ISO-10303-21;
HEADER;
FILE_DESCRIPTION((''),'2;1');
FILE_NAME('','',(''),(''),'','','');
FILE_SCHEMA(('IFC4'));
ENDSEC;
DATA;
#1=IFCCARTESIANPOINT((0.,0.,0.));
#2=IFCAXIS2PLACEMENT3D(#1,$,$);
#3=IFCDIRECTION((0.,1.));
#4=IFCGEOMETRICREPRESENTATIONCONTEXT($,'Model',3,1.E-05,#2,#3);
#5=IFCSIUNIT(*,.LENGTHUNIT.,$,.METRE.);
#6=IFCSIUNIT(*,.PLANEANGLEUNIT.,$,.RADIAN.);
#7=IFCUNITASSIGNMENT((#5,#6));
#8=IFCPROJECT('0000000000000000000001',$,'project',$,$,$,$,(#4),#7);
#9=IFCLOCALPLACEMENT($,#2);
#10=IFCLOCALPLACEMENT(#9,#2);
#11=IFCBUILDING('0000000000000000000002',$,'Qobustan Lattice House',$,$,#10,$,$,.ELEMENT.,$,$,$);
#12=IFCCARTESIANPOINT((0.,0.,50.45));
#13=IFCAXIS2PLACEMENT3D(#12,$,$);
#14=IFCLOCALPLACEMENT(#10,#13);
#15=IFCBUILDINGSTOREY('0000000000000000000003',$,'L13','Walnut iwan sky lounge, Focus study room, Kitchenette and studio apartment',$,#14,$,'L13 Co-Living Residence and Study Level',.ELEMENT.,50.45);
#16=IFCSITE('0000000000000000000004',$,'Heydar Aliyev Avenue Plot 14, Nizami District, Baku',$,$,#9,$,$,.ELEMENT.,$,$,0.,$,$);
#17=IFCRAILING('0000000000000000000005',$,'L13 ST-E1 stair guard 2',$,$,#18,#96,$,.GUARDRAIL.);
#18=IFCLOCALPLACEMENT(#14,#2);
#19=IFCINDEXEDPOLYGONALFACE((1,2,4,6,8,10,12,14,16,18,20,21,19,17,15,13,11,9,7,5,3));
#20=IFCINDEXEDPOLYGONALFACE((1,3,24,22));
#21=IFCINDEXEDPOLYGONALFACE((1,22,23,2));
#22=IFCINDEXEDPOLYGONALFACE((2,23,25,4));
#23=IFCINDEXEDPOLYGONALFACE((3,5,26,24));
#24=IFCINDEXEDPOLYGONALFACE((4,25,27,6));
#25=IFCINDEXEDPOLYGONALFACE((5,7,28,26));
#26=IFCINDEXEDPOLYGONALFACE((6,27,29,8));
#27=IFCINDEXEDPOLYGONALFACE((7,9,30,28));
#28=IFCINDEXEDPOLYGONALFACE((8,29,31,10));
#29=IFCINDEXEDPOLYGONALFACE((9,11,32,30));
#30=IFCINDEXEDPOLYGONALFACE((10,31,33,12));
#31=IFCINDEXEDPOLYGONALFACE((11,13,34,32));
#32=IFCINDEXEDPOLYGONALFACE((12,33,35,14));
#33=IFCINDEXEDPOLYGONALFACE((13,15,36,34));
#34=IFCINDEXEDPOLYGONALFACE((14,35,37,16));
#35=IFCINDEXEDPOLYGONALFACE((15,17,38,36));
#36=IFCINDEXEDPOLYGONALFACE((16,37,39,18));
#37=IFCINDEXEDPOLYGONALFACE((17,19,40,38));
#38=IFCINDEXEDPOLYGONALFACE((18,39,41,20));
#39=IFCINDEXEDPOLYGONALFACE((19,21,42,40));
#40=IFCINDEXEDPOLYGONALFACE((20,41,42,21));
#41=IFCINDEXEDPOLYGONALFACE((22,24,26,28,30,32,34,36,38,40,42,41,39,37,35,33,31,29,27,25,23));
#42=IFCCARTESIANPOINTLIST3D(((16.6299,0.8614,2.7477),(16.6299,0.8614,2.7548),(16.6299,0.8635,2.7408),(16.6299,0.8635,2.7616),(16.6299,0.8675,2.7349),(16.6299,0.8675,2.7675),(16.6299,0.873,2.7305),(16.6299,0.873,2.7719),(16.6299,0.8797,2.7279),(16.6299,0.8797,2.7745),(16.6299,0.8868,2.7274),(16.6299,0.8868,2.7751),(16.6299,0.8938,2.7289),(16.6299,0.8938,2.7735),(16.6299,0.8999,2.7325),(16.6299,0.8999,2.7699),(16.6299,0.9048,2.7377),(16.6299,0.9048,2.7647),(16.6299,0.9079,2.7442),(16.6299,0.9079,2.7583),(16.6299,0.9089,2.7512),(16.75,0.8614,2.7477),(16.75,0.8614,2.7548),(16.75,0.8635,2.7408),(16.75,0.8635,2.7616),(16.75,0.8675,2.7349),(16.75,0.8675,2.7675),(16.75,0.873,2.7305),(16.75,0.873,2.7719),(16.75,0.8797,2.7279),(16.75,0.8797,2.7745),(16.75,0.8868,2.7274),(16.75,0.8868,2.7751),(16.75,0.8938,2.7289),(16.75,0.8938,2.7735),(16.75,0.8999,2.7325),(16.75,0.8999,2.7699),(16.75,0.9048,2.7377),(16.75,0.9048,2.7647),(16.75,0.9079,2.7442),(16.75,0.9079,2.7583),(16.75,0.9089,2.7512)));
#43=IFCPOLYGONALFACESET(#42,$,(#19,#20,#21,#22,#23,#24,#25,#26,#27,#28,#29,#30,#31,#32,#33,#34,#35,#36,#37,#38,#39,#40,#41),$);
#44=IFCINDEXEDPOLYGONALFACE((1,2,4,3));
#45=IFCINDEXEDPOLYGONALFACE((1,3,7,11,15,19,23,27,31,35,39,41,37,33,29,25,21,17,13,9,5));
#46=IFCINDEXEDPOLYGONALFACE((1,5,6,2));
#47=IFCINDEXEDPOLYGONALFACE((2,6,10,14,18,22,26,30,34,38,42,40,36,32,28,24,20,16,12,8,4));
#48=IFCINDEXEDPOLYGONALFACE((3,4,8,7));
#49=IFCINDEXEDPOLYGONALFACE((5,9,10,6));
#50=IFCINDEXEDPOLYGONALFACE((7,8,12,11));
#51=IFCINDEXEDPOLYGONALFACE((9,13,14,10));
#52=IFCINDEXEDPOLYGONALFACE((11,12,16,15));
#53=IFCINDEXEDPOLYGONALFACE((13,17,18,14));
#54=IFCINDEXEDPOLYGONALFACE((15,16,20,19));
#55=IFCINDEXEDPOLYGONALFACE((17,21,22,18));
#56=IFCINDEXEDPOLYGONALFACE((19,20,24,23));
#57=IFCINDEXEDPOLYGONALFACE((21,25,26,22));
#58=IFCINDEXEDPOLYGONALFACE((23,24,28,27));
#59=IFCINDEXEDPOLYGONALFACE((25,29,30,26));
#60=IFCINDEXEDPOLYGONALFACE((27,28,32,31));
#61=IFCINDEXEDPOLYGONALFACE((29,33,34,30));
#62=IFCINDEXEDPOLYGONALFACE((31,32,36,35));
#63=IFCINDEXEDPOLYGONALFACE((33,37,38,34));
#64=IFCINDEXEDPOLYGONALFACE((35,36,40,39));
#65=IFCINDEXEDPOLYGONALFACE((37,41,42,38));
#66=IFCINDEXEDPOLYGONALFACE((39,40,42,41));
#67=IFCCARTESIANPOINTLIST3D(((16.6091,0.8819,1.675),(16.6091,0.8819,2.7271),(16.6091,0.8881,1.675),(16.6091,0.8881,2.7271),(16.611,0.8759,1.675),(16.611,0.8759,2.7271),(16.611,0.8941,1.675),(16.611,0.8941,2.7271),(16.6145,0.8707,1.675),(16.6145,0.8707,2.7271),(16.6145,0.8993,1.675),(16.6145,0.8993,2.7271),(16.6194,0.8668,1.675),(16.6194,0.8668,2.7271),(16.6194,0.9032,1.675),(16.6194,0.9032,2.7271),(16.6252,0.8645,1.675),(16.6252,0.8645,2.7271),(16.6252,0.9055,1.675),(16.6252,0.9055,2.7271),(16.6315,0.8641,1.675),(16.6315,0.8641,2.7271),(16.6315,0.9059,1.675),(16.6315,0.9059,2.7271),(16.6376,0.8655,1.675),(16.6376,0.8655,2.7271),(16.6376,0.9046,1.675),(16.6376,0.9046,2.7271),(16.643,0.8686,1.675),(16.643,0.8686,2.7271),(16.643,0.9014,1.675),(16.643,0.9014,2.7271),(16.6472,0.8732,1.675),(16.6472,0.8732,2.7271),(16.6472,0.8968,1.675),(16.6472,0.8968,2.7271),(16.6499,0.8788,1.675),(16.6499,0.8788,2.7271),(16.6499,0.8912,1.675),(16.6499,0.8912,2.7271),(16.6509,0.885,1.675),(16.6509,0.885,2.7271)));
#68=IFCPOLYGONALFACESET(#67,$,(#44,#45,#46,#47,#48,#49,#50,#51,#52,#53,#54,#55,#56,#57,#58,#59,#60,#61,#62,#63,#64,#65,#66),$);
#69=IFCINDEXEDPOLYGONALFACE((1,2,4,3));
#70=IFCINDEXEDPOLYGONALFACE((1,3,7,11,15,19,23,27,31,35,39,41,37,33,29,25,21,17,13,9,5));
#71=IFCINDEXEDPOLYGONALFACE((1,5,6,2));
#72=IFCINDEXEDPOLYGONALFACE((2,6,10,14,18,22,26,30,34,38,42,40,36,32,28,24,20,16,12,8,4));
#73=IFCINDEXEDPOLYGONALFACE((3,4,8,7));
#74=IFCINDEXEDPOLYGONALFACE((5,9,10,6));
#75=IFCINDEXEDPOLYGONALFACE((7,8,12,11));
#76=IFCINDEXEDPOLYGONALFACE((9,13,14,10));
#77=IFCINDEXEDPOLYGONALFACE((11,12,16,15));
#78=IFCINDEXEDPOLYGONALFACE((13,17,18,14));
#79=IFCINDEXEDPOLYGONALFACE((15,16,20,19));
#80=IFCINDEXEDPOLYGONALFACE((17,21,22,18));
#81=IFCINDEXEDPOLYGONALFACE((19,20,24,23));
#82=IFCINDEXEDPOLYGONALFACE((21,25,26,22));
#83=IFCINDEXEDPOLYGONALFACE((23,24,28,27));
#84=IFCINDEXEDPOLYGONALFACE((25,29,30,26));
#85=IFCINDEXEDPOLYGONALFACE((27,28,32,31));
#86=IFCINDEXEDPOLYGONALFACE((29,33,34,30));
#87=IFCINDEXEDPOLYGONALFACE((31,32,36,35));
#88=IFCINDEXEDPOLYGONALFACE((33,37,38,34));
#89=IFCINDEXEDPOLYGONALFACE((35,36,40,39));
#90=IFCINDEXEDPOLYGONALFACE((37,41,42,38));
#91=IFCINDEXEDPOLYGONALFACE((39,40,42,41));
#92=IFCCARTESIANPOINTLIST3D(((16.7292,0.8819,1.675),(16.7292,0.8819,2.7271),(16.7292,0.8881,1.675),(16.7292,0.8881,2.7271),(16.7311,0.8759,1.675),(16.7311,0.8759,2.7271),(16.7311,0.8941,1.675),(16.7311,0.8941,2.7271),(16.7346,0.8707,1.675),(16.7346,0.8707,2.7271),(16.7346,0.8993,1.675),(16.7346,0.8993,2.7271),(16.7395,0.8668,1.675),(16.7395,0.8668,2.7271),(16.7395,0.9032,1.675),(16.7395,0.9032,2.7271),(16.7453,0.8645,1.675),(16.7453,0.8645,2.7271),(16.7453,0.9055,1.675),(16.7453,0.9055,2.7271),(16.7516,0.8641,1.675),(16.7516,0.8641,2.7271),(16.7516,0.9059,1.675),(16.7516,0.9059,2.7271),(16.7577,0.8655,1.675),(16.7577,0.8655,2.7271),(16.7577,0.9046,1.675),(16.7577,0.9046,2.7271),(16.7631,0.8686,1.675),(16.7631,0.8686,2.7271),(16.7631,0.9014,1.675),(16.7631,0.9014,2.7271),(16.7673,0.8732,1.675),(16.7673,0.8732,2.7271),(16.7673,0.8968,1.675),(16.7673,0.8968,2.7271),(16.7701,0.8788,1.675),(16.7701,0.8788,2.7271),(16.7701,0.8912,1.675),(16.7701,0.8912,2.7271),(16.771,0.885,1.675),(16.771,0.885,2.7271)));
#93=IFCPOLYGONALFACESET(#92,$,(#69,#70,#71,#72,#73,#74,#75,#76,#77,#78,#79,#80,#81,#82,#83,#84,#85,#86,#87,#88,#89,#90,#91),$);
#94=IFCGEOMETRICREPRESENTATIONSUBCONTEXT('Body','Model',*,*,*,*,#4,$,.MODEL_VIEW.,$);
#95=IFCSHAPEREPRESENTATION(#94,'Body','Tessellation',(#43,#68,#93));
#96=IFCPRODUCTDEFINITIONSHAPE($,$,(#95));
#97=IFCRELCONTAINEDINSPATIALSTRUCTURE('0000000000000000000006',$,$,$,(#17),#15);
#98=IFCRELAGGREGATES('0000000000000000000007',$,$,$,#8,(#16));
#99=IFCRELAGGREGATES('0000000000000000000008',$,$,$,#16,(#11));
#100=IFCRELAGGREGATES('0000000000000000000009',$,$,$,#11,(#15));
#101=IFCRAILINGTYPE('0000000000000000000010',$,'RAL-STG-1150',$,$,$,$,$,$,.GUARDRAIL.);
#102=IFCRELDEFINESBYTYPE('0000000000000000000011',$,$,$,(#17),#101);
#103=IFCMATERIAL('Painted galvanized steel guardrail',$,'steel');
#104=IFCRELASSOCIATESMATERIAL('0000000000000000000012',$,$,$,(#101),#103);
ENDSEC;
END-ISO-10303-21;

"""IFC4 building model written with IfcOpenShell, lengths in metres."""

from ifc_helpers import new_model, si_unit, direction, frame, origin, origin_2d, place, context, subcontext, project, spatial, circle, extrude, material, type_object, element, save


model = new_model("IFC4")

# Units and contexts
model_context = context("Model", 3, precision=1e-05, world=origin(), true_north=direction((0.0, 1.0)))
body_context = subcontext(model_context, "Body", "Model", "MODEL_VIEW")
ifc_project = project(units=[si_unit("LENGTHUNIT", "METRE"), si_unit("PLANEANGLEUNIT", "RADIAN")], contexts=[model_context])

# Site, building, storey
site_placement = place(None, origin())
site = spatial("IfcSite", under=ifc_project, at=site_placement, Name="Heydar Aliyev Avenue Plot 14, Nizami District, Baku", CompositionType="ELEMENT", RefElevation=0.0)
building_placement = place(site_placement, origin())
building = spatial("IfcBuilding", under=site, at=building_placement, Name="Qobustan Lattice House", CompositionType="ELEMENT")
storey_placement = place(building_placement, frame((0.0, 0.0, 50.45)))
storey = spatial("IfcBuildingStorey", under=building, at=storey_placement, Name="L13", Description="Walnut iwan sky lounge, Focus study room, Kitchenette and studio apartment", LongName="L13 Co-Living Residence and Study Level", CompositionType="ELEMENT", Elevation=50.45)

# Railing
ifc_material_1 = material(Name="Painted galvanized steel guardrail", Category="steel")
railing_type_1 = type_object("IfcRailingType", Name="RAL-STG-1150", PredefinedType="GUARDRAIL", material=ifc_material_1)
railing_1_placement = place(storey_placement, frame((16.6299, 0.885, 1.675)))
element("IfcRailing", 1, at=railing_1_placement, inside=storey, type_object=railing_type_1, Name="L13 ST-E1 stair guard 2", PredefinedType="GUARDRAIL", context=body_context, shape_type="SweptSolid", body=[
    extrude(circle(Radius=0.0239, at=origin_2d()), frame((0.0, 0.0, 1.0762), z_axis=(1.0, 0.0, 0.0), x_axis=(0.0, 1.0, 0.0)), (0.0, 0.0, 1.0), 0.1201),
    extrude(circle(Radius=0.021, at=origin_2d()), origin(), (0.0, 0.0, 1.0), 1.052),
    extrude(circle(Radius=0.021, at=origin_2d()), frame((0.1201, 0.0, 0.0)), (0.0, 0.0, 1.0), 1.052),
])

save(model, "model.ifc")
